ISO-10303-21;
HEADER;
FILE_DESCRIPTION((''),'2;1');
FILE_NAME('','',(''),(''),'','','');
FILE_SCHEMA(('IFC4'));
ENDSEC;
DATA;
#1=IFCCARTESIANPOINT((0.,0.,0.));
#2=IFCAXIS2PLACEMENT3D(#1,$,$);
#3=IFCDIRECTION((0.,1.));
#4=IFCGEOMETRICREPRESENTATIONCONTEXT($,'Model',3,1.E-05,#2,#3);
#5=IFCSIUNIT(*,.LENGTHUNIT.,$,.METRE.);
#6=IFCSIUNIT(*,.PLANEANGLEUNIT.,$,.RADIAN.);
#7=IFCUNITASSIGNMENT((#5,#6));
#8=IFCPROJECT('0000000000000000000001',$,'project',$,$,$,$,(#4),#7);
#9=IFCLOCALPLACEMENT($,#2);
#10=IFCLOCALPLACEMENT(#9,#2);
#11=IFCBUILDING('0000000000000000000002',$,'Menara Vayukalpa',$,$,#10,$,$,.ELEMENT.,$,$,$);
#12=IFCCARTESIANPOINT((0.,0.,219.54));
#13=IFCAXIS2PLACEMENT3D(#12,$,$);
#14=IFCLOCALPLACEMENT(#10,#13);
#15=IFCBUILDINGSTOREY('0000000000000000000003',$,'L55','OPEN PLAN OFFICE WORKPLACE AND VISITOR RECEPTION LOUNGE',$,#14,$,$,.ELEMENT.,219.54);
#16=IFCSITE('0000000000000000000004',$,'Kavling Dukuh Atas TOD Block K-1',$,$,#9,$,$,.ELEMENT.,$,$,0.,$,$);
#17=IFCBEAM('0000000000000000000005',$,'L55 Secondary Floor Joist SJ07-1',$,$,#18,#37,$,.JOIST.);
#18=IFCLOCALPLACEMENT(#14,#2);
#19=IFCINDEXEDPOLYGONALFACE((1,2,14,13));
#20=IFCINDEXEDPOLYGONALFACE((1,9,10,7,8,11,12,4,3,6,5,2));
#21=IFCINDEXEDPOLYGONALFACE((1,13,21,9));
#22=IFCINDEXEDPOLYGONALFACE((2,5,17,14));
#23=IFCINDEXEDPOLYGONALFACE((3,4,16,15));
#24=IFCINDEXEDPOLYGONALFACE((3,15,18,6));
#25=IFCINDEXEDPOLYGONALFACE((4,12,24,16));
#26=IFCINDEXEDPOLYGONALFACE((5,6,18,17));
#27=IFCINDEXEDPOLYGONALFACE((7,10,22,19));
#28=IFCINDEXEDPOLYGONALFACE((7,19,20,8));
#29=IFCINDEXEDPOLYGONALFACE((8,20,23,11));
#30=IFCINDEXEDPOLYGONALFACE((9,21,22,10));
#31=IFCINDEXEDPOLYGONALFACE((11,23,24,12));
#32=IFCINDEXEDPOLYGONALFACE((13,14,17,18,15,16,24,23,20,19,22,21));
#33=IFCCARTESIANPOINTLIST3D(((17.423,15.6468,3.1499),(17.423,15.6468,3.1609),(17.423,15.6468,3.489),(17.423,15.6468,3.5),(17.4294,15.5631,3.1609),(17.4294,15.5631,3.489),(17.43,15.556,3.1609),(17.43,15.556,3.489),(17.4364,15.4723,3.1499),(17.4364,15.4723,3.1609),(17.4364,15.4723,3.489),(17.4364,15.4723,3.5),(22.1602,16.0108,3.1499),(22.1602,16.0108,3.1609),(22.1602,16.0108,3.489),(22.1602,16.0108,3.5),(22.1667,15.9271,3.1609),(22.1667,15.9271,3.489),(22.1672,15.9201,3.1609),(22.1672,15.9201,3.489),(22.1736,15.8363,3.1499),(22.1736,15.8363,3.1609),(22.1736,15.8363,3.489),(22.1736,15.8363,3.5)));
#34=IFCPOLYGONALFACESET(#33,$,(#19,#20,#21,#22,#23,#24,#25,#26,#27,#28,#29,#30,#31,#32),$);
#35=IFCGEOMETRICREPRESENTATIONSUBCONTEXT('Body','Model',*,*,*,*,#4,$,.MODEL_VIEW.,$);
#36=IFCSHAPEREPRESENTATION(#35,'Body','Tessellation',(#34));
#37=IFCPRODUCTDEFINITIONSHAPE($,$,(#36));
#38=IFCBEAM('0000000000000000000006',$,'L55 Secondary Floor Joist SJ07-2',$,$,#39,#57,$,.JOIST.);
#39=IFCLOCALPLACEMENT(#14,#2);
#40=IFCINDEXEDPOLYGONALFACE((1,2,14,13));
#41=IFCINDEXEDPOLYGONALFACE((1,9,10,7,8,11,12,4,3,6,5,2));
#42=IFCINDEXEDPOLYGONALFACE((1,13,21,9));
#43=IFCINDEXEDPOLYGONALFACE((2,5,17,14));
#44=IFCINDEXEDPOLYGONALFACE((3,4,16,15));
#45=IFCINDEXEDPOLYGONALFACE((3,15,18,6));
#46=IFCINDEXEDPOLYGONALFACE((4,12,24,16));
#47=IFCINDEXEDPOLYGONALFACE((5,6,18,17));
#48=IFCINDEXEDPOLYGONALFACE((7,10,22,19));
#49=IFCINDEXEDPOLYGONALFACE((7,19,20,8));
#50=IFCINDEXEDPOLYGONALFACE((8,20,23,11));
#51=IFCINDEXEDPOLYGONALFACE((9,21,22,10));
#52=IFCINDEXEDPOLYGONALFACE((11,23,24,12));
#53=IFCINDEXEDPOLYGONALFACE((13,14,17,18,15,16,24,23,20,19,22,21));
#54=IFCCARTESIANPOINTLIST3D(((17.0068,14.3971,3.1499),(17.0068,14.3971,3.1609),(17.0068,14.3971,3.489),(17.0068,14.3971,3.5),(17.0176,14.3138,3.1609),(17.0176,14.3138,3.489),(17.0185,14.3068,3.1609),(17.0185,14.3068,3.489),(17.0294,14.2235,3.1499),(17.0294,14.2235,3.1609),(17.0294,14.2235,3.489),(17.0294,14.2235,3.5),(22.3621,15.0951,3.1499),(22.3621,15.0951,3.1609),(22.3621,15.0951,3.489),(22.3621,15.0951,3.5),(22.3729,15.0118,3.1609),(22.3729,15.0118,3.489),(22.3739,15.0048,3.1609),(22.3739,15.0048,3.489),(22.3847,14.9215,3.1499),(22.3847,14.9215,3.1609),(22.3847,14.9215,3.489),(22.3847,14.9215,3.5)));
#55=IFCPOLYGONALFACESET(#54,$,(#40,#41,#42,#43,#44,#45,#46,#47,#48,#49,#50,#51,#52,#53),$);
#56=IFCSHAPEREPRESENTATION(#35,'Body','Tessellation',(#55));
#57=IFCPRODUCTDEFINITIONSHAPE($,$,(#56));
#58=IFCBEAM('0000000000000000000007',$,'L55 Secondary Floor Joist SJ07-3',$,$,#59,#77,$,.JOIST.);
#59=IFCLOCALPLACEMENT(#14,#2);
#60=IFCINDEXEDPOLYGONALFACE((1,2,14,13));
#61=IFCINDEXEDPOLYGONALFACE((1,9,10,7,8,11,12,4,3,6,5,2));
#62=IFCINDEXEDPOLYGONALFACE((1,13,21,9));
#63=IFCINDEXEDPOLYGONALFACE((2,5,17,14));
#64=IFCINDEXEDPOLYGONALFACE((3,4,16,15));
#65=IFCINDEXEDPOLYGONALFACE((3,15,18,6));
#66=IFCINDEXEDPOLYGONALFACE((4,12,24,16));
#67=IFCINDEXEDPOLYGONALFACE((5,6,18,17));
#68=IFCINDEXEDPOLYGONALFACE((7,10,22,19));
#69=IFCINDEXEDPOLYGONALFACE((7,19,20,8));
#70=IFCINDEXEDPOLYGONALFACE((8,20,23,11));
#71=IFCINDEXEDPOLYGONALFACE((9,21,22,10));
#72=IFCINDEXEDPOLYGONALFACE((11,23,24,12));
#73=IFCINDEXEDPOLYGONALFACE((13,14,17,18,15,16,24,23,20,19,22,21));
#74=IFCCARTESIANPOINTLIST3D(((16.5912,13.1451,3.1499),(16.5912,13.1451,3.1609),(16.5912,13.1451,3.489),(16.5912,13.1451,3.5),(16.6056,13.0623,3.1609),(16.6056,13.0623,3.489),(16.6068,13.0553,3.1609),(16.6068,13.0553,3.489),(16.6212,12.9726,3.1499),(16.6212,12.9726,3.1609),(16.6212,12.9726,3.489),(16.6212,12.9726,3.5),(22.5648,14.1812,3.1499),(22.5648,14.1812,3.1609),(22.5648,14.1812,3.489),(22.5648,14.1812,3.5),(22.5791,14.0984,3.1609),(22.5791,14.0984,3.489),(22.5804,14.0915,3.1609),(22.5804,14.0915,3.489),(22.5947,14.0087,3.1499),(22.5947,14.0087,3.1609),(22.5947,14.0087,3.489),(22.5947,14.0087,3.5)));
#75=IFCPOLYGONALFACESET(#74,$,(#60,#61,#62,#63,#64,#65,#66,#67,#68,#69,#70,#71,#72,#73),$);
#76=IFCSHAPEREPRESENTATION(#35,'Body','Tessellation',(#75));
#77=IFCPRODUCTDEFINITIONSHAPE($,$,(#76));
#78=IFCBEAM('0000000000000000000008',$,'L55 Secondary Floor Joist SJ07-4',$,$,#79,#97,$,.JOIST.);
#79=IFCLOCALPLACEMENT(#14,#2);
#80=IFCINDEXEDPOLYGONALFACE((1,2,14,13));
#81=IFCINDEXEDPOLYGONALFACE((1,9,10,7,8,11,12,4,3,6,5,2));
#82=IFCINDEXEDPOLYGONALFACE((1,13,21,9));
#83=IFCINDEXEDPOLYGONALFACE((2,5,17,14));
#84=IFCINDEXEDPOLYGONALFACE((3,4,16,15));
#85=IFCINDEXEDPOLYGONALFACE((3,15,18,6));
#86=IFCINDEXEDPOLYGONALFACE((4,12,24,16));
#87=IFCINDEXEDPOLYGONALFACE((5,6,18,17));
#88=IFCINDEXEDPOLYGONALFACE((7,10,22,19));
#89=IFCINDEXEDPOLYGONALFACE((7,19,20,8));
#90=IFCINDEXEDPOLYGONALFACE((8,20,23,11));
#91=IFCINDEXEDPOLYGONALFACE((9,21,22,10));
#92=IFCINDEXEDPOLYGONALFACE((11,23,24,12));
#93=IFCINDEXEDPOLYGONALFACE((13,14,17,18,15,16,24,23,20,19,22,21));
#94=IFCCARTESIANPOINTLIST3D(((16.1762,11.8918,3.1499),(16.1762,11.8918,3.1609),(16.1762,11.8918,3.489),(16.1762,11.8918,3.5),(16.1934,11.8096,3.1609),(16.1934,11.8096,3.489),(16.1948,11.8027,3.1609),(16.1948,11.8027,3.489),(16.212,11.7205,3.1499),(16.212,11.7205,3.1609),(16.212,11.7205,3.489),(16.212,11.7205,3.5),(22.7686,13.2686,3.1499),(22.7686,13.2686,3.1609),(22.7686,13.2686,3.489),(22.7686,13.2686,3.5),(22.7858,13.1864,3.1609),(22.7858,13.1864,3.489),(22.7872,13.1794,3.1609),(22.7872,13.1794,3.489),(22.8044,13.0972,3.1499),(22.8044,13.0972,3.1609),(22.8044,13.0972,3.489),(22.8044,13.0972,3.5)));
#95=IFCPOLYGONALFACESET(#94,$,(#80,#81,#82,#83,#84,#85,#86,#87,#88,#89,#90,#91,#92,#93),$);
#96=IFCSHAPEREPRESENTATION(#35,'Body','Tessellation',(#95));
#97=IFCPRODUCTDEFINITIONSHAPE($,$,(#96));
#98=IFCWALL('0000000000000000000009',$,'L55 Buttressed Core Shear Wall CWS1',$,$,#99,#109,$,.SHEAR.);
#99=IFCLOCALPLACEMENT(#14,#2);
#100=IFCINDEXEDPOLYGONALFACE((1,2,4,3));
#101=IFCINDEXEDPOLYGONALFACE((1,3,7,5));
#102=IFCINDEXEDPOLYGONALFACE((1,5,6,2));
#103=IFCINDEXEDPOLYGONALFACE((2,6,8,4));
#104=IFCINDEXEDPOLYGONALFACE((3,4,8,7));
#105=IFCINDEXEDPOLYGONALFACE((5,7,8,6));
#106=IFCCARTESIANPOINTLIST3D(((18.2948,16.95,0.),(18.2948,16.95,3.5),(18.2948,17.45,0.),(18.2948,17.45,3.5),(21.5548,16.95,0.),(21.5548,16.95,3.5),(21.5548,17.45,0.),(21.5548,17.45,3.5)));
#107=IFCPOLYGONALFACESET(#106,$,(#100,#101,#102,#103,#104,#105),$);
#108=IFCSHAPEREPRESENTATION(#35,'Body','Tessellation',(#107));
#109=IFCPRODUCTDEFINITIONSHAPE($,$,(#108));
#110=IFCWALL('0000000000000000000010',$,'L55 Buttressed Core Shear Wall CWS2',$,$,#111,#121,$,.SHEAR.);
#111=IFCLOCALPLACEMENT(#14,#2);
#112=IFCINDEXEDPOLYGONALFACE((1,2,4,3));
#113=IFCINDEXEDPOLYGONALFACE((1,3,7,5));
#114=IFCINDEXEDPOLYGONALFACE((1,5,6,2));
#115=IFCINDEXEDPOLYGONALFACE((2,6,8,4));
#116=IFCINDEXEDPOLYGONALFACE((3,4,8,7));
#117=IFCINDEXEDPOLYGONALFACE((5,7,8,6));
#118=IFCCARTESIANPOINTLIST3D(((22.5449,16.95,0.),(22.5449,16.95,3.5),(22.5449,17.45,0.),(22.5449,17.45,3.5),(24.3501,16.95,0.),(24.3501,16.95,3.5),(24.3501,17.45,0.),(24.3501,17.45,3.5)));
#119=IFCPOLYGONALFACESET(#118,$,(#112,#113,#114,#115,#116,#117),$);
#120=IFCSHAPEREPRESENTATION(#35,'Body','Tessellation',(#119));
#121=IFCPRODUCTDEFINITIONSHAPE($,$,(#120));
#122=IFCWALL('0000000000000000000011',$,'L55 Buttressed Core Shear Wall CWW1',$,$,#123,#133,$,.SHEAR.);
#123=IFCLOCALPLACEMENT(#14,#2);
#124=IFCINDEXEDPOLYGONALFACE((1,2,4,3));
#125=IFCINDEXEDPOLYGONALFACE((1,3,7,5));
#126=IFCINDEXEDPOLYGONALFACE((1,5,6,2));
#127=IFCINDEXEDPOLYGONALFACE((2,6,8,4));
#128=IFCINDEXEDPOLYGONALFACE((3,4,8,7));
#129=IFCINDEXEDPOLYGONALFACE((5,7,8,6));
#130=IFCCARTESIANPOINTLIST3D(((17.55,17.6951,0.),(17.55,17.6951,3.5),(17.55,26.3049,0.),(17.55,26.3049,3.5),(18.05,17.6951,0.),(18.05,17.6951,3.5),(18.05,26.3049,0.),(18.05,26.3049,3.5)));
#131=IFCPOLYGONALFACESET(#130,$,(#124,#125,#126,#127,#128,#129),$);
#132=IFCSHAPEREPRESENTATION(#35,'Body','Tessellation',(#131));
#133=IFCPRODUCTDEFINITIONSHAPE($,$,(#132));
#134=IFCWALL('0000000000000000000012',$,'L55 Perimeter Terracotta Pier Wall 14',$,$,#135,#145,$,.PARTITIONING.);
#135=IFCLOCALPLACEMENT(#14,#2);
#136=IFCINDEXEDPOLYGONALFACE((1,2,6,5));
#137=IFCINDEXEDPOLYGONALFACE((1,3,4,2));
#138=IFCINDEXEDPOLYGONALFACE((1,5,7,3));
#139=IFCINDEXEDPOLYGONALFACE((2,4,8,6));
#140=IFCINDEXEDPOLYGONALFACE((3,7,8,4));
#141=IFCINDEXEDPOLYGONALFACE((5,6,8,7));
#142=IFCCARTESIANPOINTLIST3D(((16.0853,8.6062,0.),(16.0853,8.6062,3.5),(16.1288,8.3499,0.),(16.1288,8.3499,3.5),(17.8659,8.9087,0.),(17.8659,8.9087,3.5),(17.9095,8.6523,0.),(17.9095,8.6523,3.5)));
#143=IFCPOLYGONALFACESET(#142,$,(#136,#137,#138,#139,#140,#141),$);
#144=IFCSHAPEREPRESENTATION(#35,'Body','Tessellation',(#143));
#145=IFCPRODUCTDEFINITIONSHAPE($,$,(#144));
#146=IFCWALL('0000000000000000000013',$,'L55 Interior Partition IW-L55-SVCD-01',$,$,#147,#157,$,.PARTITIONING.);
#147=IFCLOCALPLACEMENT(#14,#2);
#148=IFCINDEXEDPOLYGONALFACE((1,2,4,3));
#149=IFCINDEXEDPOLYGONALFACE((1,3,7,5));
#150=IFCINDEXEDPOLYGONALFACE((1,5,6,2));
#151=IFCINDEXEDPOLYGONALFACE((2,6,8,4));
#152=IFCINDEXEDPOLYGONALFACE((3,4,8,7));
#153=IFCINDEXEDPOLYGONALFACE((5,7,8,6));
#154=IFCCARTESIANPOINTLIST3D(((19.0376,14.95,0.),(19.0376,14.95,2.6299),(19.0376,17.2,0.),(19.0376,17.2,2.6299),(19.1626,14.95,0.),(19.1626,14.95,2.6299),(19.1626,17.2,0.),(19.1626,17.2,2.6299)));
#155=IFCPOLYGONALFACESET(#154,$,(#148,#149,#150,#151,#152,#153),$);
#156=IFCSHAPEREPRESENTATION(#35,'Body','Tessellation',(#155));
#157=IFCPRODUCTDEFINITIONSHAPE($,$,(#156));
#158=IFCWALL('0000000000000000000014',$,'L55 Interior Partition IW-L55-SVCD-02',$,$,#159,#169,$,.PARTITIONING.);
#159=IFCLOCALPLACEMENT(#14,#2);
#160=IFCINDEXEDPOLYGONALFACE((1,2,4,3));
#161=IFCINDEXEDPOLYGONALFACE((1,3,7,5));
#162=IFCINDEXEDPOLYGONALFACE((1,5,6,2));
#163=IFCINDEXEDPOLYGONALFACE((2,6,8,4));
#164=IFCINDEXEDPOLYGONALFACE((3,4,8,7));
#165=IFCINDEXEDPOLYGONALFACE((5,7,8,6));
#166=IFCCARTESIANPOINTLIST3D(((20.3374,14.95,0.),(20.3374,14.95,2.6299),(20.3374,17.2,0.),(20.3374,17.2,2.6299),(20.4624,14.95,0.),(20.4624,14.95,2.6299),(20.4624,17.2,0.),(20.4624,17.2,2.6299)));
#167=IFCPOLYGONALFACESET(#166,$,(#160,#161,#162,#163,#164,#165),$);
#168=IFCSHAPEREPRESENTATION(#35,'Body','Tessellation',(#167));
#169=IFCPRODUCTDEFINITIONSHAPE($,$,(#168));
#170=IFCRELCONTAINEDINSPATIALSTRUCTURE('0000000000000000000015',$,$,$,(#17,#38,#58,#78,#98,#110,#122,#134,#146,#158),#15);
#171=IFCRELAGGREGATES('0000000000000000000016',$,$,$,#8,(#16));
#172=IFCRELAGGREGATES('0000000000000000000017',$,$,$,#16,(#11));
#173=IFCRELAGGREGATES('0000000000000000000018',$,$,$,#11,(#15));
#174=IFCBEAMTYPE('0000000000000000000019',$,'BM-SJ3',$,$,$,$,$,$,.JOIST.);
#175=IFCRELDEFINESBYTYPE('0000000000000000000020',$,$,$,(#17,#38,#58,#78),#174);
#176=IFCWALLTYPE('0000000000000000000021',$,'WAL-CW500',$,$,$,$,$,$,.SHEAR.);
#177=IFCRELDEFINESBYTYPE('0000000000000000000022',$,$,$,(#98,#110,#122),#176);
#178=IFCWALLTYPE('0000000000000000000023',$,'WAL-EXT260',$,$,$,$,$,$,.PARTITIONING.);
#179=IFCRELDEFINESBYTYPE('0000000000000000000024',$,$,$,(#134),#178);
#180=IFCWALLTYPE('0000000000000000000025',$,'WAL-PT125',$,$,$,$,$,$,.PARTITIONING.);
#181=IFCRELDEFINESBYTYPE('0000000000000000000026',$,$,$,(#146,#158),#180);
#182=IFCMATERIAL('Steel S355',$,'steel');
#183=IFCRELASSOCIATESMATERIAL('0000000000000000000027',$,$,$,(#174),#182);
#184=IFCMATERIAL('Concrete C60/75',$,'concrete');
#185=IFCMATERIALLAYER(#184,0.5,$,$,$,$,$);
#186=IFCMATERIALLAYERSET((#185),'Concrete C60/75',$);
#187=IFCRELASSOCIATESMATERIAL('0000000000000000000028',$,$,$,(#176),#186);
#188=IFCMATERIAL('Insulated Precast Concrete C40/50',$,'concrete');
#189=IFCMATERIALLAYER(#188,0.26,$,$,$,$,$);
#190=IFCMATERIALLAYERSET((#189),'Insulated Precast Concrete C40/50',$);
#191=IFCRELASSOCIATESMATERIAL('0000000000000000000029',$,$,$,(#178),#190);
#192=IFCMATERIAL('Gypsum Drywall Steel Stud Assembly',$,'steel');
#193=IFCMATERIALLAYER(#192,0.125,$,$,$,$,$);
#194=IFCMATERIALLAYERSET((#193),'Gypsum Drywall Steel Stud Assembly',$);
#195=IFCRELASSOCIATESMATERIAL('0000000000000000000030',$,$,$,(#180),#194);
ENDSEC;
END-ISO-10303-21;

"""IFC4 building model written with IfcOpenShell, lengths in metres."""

from ifc_helpers import new_model, si_unit, direction, frame, frame_2d, origin, origin_2d, place, context, subcontext, project, spatial, rectangle, i_section, extrude, material, layer, layer_set, material_profile, profile_set, type_object, element, save


model = new_model("IFC4")

# Units and contexts
model_context = context("Model", 3, precision=1e-05, world=origin(), true_north=direction((0.0, 1.0)))
body_context = subcontext(model_context, "Body", "Model", "MODEL_VIEW")
ifc_project = project(units=[si_unit("LENGTHUNIT", "METRE"), si_unit("PLANEANGLEUNIT", "RADIAN")], contexts=[model_context])

# Site, building, storey
site_placement = place(None, origin())
site = spatial("IfcSite", under=ifc_project, at=site_placement, Name="Kavling Dukuh Atas TOD Block K-1", CompositionType="ELEMENT", RefElevation=0.0)
building_placement = place(site_placement, origin())
building = spatial("IfcBuilding", under=site, at=building_placement, Name="Menara Vayukalpa", CompositionType="ELEMENT")
storey_placement = place(building_placement, frame((0.0, 0.0, 219.54)))
storey = spatial("IfcBuildingStorey", under=building, at=storey_placement, Name="L55", Description="OPEN PLAN OFFICE WORKPLACE AND VISITOR RECEPTION LOUNGE", CompositionType="ELEMENT", Elevation=219.54)

# Beams
ifc_material_1 = material(Name="Steel S355", Category="steel")
ifc_material_profile_1 = material_profile(ifc_material_1, i_section(OverallWidth=0.175, OverallDepth=0.3501, WebThickness=0.0071, FlangeThickness=0.011, at=origin_2d()), Name="WF 350x175x7x11")
ifc_profile_set_1 = profile_set([ifc_material_profile_1], Name="Steel S355")
beam_type_1 = type_object("IfcBeamType", Name="BM-SJ3", PredefinedType="JOIST", material=ifc_profile_set_1)
beam_1_placement = place(storey_placement, frame((17.4297, 15.5596, 3.325), z_axis=(0.997061, 0.076614, 0.0), x_axis=(-0.076614, 0.997061, 0.0)))
element("IfcBeam", 1, at=beam_1_placement, inside=storey, type_object=beam_type_1, Name="L55 Secondary Floor Joist SJ07-1", PredefinedType="JOIST", context=body_context, shape_type="SweptSolid", body=[
    extrude(i_section(OverallWidth=0.175, OverallDepth=0.3501, WebThickness=0.0071, FlangeThickness=0.011, at=origin_2d()), origin(), (0.0, 0.0, 1.0), 4.7512),
])
beam_2_placement = place(storey_placement, frame((17.0181, 14.3103, 3.325), z_axis=(0.991613, 0.129246, 0.0), x_axis=(-0.129246, 0.991613, 0.0)))
element("IfcBeam", 2, at=beam_2_placement, inside=storey, type_object=beam_type_1, Name="L55 Secondary Floor Joist SJ07-2", PredefinedType="JOIST", context=body_context, shape_type="SweptSolid", body=[
    extrude(i_section(OverallWidth=0.175, OverallDepth=0.3501, WebThickness=0.0071, FlangeThickness=0.011, at=origin_2d()), origin(), (0.0, 0.0, 1.0), 5.4006),
])
beam_3_placement = place(storey_placement, frame((16.6062, 13.0588, 3.325), z_axis=(0.985288, 0.170899, 0.0), x_axis=(-0.170899, 0.985288, 0.0)))
element("IfcBeam", 3, at=beam_3_placement, inside=storey, type_object=beam_type_1, Name="L55 Secondary Floor Joist SJ07-3", PredefinedType="JOIST", context=body_context, shape_type="SweptSolid", body=[
    extrude(i_section(OverallWidth=0.175, OverallDepth=0.3501, WebThickness=0.0071, FlangeThickness=0.011, at=origin_2d()), origin(), (0.0, 0.0, 1.0), 6.0627),
])
beam_4_placement = place(storey_placement, frame((16.1941, 11.8062, 3.325), z_axis=(0.978882, 0.204426, 0.0), x_axis=(-0.204426, 0.978882, 0.0)))
element("IfcBeam", 4, at=beam_4_placement, inside=storey, type_object=beam_type_1, Name="L55 Secondary Floor Joist SJ07-4", PredefinedType="JOIST", context=body_context, shape_type="SweptSolid", body=[
    extrude(i_section(OverallWidth=0.175, OverallDepth=0.3501, WebThickness=0.0071, FlangeThickness=0.011, at=origin_2d()), origin(), (0.0, 0.0, 1.0), 6.7346),
])

# Walls
ifc_material_2 = material(Name="Concrete C60/75", Category="concrete")
ifc_layer_1 = layer(ifc_material_2, 0.5)
ifc_layer_set_1 = layer_set([ifc_layer_1], Name="Concrete C60/75")
wall_type_1 = type_object("IfcWallType", Name="WAL-CW500", PredefinedType="SHEAR", material=ifc_layer_set_1)
wall_1_placement = place(storey_placement, frame((18.2949, 17.2, 0.0), z_axis=(0.0, 0.0, 1.0), x_axis=(1.0, 0.0, 0.0)))
element("IfcWall", 5, at=wall_1_placement, inside=storey, type_object=wall_type_1, Name="L55 Buttressed Core Shear Wall CWS1", PredefinedType="SHEAR", context=body_context, shape_type="SweptSolid", body=[
    extrude(rectangle(XDim=3.26, YDim=0.5, at=frame_2d((1.6299, 0.0))), origin(), (0.0, 0.0, 1.0), 3.5),
])
wall_2_placement = place(storey_placement, frame((22.5449, 17.2, 0.0), z_axis=(0.0, 0.0, 1.0), x_axis=(1.0, 0.0, 0.0)))
element("IfcWall", 6, at=wall_2_placement, inside=storey, type_object=wall_type_1, Name="L55 Buttressed Core Shear Wall CWS2", PredefinedType="SHEAR", context=body_context, shape_type="SweptSolid", body=[
    extrude(rectangle(XDim=1.8052, YDim=0.5, at=frame_2d((0.9026, 0.0))), origin(), (0.0, 0.0, 1.0), 3.5),
])
wall_3_placement = place(storey_placement, frame((17.8, 17.6951, 0.0), z_axis=(0.0, 0.0, 1.0), x_axis=(0.0, 1.0, 0.0)))
element("IfcWall", 7, at=wall_3_placement, inside=storey, type_object=wall_type_1, Name="L55 Buttressed Core Shear Wall CWW1", PredefinedType="SHEAR", context=body_context, shape_type="SweptSolid", body=[
    extrude(rectangle(XDim=8.6099, YDim=0.5, at=frame_2d((4.3049, 0.0))), origin(), (0.0, 0.0, 1.0), 3.5),
])
ifc_material_3 = material(Name="Insulated Precast Concrete C40/50", Category="concrete")
ifc_layer_2 = layer(ifc_material_3, 0.26)
ifc_layer_set_2 = layer_set([ifc_layer_2], Name="Insulated Precast Concrete C40/50")
wall_type_2 = type_object("IfcWallType", Name="WAL-EXT260", PredefinedType="PARTITIONING", material=ifc_layer_set_2)
wall_4_placement = place(storey_placement, frame((17.8877, 8.7805, 0.0), z_axis=(0.0, 0.0, 1.0), x_axis=(-0.985878, -0.167467, 0.0)))
element("IfcWall", 8, at=wall_4_placement, inside=storey, type_object=wall_type_2, Name="L55 Perimeter Terracotta Pier Wall 14", PredefinedType="PARTITIONING", context=body_context, shape_type="SweptSolid", body=[
    extrude(rectangle(XDim=1.8062, YDim=0.26, at=frame_2d((0.9031, 0.0))), origin(), (0.0, 0.0, 1.0), 3.5),
])
ifc_material_4 = material(Name="Gypsum Drywall Steel Stud Assembly", Category="steel")
ifc_layer_3 = layer(ifc_material_4, 0.125)
ifc_layer_set_3 = layer_set([ifc_layer_3], Name="Gypsum Drywall Steel Stud Assembly")
wall_type_3 = type_object("IfcWallType", Name="WAL-PT125", PredefinedType="PARTITIONING", material=ifc_layer_set_3)
for number, where, z_axis, x_axis, name in (
    (9, (19.1001, 14.95, 0.0), (0.0, 0.0, 1.0), (0.0, 1.0, 0.0), "L55 Interior Partition IW-L55-SVCD-01"),
    (10, (20.3999, 14.95, 0.0), (0.0, 0.0, 1.0), (0.0, 1.0, 0.0), "L55 Interior Partition IW-L55-SVCD-02"),
):
    element("IfcWall", number, at=place(storey_placement, frame(where, z_axis=z_axis, x_axis=x_axis)), inside=storey, type_object=wall_type_3, Name=name, PredefinedType="PARTITIONING", context=body_context, shape_type="SweptSolid", body=[
        extrude(rectangle(XDim=2.25, YDim=0.125, at=frame_2d((1.125, 0.0))), origin(), (0.0, 0.0, 1.0), 2.6299),
    ])

save(model, "model.ifc")
